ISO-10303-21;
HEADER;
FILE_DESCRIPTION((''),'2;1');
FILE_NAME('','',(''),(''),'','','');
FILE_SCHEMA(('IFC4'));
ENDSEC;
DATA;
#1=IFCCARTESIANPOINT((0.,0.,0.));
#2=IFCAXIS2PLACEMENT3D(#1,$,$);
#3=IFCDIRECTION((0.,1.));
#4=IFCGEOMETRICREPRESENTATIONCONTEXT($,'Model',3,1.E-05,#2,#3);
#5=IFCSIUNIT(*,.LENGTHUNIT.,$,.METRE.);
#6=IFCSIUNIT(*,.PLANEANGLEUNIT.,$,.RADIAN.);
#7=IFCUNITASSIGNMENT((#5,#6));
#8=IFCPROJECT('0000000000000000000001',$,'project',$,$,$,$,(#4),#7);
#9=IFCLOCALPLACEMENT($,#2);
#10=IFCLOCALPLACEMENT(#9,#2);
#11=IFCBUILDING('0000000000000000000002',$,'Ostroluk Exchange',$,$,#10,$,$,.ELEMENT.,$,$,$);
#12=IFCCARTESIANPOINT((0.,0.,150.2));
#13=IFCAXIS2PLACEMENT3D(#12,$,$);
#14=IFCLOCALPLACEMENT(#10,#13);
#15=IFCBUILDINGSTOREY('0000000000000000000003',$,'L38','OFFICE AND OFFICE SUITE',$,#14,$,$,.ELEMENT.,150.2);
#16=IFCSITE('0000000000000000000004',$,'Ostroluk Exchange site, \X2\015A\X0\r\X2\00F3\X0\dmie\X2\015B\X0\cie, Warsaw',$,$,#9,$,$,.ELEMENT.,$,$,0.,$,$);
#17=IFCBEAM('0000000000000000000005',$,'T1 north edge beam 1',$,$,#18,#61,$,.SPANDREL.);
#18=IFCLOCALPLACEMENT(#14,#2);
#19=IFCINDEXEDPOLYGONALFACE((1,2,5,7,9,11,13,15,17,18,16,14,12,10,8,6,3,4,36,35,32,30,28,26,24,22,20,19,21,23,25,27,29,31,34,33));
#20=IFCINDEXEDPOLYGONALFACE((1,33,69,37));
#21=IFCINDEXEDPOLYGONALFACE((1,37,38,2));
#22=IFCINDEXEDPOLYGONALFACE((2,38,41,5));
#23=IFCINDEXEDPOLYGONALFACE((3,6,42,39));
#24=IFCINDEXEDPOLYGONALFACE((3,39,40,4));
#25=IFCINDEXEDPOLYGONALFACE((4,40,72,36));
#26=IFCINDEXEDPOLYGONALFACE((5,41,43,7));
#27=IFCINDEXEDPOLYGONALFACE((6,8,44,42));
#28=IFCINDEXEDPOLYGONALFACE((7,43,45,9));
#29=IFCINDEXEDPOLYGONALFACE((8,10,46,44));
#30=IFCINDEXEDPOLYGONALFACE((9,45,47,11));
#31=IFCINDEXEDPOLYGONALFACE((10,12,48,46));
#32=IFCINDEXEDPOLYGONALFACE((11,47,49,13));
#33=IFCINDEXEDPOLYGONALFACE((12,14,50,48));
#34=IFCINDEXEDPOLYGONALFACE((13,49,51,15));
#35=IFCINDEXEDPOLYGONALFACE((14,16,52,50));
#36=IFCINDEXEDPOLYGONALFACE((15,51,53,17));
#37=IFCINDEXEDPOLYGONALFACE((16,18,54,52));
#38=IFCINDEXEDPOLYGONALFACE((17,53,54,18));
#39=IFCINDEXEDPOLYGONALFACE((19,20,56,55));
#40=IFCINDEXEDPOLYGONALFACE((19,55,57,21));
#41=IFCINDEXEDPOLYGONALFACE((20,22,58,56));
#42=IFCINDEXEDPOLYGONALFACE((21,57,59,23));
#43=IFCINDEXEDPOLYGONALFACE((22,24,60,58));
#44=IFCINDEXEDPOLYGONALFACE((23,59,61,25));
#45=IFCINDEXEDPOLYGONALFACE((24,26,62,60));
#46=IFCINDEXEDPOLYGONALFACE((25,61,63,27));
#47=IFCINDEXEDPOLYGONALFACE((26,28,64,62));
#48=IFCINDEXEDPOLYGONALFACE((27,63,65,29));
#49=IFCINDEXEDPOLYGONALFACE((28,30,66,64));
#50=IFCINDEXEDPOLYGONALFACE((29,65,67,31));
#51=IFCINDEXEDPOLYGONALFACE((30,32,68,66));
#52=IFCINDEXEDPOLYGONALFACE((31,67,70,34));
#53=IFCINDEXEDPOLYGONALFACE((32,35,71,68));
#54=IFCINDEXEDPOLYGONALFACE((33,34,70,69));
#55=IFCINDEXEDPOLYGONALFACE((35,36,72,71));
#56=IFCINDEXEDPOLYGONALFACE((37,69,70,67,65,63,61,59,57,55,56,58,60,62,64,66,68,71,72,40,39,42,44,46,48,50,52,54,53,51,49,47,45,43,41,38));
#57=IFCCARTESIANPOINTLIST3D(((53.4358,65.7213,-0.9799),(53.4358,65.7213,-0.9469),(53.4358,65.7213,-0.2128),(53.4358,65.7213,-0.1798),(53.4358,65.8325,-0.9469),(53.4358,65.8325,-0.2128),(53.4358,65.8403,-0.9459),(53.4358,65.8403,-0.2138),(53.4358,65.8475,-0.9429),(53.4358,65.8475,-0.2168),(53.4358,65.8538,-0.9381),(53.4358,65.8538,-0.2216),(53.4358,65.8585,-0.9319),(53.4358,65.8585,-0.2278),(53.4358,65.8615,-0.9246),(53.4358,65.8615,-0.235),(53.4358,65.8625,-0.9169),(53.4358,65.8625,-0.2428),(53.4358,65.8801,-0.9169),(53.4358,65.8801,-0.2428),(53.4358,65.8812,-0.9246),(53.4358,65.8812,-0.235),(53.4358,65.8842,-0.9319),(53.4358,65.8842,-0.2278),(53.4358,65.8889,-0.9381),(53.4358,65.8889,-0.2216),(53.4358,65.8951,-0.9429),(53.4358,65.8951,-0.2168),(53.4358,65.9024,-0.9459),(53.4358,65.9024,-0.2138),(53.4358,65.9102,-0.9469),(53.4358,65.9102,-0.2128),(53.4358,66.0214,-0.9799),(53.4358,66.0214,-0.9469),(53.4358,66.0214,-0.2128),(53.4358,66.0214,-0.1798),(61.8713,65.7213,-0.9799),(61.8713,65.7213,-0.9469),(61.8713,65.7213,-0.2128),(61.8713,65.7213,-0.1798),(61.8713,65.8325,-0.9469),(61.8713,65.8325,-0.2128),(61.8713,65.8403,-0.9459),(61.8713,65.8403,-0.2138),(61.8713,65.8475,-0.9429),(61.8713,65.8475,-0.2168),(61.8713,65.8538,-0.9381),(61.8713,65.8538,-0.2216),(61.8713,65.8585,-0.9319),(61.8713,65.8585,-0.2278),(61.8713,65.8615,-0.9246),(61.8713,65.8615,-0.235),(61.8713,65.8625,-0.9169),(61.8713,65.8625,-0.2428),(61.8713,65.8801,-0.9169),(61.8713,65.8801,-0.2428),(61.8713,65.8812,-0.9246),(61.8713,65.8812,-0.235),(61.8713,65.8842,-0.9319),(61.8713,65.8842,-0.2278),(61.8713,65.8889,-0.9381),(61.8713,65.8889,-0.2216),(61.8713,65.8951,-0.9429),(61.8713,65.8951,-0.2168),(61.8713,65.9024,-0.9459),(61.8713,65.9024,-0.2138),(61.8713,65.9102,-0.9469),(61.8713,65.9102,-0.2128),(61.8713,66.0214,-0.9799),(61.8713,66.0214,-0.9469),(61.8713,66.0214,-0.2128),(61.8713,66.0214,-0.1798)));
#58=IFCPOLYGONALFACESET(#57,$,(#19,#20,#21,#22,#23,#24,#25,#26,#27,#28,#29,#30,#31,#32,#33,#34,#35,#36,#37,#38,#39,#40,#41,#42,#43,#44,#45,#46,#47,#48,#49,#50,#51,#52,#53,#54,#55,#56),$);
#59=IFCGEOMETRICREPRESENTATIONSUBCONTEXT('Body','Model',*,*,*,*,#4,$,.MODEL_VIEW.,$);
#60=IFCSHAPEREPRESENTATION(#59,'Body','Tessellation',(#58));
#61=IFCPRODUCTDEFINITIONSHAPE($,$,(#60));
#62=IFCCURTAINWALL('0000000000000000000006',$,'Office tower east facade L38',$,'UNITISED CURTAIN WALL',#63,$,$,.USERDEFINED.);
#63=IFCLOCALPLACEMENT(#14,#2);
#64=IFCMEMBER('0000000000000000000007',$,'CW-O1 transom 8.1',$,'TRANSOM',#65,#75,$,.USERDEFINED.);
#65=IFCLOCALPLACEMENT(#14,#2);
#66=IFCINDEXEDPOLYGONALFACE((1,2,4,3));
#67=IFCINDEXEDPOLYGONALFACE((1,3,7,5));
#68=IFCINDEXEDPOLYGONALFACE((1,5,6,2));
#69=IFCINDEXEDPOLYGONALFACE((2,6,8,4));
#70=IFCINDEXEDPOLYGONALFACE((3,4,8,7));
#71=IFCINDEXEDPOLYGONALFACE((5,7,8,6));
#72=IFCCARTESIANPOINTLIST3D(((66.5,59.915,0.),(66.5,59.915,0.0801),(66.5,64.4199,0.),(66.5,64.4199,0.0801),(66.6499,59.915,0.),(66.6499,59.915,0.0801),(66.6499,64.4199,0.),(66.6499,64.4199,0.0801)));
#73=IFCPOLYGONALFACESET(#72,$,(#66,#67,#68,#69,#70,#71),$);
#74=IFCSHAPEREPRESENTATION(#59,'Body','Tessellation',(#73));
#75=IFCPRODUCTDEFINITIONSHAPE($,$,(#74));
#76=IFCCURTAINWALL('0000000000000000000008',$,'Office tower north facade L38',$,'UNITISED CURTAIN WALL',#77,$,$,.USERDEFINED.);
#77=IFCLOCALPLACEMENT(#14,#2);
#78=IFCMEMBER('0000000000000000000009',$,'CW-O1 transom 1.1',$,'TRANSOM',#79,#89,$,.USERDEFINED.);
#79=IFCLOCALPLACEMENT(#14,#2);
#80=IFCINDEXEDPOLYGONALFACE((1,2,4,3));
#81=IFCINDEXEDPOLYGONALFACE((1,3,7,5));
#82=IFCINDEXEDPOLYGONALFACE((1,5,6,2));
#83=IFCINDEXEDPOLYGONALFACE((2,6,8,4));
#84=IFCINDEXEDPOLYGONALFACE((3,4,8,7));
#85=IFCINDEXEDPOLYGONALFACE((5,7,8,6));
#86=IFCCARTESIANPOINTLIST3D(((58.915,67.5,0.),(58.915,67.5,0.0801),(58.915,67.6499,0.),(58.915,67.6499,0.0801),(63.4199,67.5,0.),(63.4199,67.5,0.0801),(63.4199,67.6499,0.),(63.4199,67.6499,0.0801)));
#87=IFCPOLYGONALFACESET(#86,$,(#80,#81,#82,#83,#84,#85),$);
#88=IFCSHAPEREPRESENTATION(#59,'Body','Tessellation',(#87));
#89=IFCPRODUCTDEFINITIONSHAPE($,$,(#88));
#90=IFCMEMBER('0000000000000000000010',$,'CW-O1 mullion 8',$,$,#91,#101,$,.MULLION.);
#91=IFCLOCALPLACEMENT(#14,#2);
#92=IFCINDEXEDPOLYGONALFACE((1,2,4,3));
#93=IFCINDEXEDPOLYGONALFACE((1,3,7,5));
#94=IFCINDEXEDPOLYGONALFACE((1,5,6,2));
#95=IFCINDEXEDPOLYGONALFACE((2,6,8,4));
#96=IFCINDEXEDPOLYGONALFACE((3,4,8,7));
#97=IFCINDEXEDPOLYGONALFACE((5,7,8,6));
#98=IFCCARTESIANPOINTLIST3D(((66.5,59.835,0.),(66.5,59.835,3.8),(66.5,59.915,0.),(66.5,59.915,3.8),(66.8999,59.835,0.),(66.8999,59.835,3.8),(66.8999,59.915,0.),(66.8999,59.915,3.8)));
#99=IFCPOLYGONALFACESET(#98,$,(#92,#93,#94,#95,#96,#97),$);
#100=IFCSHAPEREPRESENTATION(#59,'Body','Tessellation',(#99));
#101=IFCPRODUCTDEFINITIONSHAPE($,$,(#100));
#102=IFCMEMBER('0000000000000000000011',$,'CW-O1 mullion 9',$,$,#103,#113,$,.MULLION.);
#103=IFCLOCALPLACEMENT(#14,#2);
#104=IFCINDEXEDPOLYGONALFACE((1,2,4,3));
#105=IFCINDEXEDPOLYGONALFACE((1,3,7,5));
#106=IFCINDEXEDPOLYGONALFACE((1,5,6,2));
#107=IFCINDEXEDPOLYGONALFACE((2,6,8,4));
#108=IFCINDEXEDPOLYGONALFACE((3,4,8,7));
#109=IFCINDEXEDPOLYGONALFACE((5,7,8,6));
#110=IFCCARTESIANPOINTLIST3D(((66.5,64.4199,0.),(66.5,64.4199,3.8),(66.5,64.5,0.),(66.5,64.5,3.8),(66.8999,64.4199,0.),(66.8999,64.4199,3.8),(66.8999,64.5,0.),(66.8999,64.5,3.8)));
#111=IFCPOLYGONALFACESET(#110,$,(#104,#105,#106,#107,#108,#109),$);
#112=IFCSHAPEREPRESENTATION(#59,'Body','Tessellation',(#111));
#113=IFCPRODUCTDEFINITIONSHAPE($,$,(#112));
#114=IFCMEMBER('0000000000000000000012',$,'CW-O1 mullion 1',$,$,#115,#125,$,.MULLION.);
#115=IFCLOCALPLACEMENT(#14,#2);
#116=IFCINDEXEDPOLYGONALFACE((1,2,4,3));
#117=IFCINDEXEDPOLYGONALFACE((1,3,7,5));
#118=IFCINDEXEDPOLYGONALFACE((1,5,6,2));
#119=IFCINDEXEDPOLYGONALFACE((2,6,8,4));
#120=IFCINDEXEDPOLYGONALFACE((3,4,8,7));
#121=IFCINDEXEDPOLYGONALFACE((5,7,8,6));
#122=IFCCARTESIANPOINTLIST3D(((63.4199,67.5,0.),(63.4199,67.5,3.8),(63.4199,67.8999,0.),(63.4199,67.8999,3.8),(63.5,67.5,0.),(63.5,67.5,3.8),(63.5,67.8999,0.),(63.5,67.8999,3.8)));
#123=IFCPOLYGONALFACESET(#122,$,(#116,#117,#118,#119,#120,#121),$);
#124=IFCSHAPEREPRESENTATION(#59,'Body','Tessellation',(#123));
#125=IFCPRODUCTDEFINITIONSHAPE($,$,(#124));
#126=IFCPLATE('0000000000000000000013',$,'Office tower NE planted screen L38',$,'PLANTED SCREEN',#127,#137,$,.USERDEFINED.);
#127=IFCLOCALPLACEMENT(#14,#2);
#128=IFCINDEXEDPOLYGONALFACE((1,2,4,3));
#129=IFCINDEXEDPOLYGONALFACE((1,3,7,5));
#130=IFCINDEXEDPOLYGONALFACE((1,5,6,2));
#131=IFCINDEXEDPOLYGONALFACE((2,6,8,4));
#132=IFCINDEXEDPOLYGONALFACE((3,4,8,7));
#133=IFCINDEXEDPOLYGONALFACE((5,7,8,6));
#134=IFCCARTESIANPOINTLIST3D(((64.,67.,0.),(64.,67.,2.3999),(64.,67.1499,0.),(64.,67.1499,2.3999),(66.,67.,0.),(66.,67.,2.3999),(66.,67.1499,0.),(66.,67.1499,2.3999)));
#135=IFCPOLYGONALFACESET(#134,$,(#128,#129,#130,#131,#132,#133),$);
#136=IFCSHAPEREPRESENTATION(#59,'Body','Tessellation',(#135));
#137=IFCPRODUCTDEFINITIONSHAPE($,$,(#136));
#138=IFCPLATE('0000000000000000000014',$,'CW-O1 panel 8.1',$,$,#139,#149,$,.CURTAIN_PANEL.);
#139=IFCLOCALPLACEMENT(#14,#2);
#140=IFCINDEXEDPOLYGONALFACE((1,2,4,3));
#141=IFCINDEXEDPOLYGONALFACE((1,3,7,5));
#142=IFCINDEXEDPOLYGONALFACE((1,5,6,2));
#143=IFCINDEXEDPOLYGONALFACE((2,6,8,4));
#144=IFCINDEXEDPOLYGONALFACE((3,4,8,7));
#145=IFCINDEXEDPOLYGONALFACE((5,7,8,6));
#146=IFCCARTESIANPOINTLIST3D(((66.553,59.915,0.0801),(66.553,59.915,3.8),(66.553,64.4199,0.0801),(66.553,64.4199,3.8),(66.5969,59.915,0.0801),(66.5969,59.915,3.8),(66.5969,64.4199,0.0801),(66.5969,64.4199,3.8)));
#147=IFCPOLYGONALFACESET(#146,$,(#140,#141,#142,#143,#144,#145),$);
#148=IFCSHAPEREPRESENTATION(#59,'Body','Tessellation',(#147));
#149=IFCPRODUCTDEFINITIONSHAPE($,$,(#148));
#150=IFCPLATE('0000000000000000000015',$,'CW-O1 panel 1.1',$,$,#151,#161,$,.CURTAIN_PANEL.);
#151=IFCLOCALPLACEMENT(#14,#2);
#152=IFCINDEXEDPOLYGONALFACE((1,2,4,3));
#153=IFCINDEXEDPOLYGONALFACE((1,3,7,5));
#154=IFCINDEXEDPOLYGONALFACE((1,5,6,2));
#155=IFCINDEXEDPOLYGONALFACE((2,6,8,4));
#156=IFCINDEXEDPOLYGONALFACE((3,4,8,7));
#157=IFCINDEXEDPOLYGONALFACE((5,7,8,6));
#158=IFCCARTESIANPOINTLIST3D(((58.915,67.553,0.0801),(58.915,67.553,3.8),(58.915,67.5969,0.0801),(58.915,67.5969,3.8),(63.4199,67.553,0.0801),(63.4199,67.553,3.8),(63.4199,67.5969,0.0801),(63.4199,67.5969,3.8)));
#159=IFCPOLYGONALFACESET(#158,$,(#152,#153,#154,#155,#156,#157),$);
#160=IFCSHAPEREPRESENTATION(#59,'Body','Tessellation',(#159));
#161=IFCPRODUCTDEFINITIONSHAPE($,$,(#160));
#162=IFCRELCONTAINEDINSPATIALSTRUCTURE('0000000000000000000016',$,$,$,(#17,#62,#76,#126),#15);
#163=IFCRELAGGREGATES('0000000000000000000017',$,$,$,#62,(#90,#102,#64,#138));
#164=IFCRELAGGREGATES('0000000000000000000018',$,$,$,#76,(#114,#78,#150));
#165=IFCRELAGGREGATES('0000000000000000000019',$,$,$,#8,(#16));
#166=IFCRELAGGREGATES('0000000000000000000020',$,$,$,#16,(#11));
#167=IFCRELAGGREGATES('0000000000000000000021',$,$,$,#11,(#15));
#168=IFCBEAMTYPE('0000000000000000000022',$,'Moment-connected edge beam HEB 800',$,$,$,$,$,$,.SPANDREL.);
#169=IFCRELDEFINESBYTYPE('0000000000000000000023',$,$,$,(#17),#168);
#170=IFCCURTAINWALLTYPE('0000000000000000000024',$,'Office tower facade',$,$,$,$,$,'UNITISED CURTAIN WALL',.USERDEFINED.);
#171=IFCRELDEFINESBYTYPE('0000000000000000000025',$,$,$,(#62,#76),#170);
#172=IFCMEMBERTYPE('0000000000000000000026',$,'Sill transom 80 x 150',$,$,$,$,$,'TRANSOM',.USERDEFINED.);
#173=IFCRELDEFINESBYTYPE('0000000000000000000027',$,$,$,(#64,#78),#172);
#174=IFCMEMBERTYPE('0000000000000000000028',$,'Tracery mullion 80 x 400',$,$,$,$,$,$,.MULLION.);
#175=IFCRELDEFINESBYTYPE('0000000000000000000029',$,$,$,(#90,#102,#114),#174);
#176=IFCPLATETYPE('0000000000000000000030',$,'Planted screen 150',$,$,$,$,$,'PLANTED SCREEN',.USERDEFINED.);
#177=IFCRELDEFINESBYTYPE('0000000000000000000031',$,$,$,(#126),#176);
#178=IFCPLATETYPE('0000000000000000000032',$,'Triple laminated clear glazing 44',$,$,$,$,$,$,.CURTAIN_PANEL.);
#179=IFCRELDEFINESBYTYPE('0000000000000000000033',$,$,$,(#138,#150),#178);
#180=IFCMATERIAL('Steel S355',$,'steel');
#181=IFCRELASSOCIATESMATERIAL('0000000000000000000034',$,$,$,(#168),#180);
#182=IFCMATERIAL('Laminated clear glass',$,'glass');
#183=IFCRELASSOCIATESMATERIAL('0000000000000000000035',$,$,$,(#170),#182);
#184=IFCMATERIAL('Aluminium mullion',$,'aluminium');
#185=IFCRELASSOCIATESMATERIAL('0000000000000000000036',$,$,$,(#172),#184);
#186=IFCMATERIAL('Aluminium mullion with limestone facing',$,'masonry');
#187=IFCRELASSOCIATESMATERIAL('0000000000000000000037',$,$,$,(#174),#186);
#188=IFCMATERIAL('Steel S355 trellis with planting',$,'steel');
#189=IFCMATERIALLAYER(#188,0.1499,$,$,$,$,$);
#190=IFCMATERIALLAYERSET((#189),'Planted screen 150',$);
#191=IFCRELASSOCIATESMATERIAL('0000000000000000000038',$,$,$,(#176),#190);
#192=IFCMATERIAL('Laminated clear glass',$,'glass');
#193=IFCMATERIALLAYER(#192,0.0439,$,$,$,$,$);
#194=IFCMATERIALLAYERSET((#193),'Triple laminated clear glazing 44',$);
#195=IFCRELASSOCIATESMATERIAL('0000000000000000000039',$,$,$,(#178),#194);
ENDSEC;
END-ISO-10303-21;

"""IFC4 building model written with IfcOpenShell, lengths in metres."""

from ifc_helpers import new_model, si_unit, direction, frame, origin, origin_2d, place, context, subcontext, project, spatial, rectangle, i_section, extrude, material, layer, layer_set, material_profile, profile_set, type_object, element, aggregate, save


model = new_model("IFC4")

# Units and contexts
model_context = context("Model", 3, precision=1e-05, world=origin(), true_north=direction((0.0, 1.0)))
body_context = subcontext(model_context, "Body", "Model", "MODEL_VIEW")
ifc_project = project(units=[si_unit("LENGTHUNIT", "METRE"), si_unit("PLANEANGLEUNIT", "RADIAN")], contexts=[model_context])

# Site, building, storey
site_placement = place(None, origin())
site = spatial("IfcSite", under=ifc_project, at=site_placement, Name="Ostroluk Exchange site, Śródmieście, Warsaw", CompositionType="ELEMENT", RefElevation=0.0)
building_placement = place(site_placement, origin())
building = spatial("IfcBuilding", under=site, at=building_placement, Name="Ostroluk Exchange", CompositionType="ELEMENT")
storey_placement = place(building_placement, frame((0.0, 0.0, 150.2)))
storey = spatial("IfcBuildingStorey", under=building, at=storey_placement, Name="L38", Description="OFFICE AND OFFICE SUITE", CompositionType="ELEMENT", Elevation=150.2)

# Beam
ifc_material_1 = material(Name="Steel S355", Category="steel")
ifc_material_profile_1 = material_profile(ifc_material_1, i_section(OverallWidth=0.3, OverallDepth=0.8, WebThickness=0.0176, FlangeThickness=0.033, FilletRadius=0.03, at=origin_2d()), Name="HEB 800")
ifc_profile_set_1 = profile_set([ifc_material_profile_1], Name="Steel S355")
beam_type_1 = type_object("IfcBeamType", Name="Moment-connected edge beam HEB 800", PredefinedType="SPANDREL", material=ifc_profile_set_1)
beam_1_placement = place(storey_placement, frame((61.8713, 65.8713, -0.5798), z_axis=(-1.0, 0.0, 0.0), x_axis=(0.0, -1.0, 0.0)))
element("IfcBeam", 1, at=beam_1_placement, inside=storey, type_object=beam_type_1, Name="T1 north edge beam 1", PredefinedType="SPANDREL", context=body_context, shape_type="SweptSolid", body=[
    extrude(i_section(OverallWidth=0.3, OverallDepth=0.8, WebThickness=0.0176, FlangeThickness=0.033, FilletRadius=0.03, at=origin_2d()), origin(), (0.0, 0.0, 1.0), 8.4355),
])

# Curtain walls, members
ifc_material_2 = material(Name="Laminated clear glass", Category="glass")
curtain_wall_type = type_object("IfcCurtainWallType", Name="Office tower facade", ElementType="UNITISED CURTAIN WALL", PredefinedType="USERDEFINED", material=ifc_material_2)
curtain_wall_1_placement = place(storey_placement, origin())
curtain_wall_1 = element("IfcCurtainWall", 2, at=curtain_wall_1_placement, inside=storey, type_object=curtain_wall_type, Name="Office tower east facade L38", ObjectType="UNITISED CURTAIN WALL", PredefinedType="USERDEFINED")
ifc_material_3 = material(Name="Aluminium mullion", Category="aluminium")
ifc_material_profile_2 = material_profile(ifc_material_3, rectangle(XDim=0.1499, YDim=0.0801, at=origin_2d()), Name="Sill transom 80 x 150")
ifc_profile_set_2 = profile_set([ifc_material_profile_2], Name="Aluminium mullion")
member_type_1 = type_object("IfcMemberType", Name="Sill transom 80 x 150", ElementType="TRANSOM", PredefinedType="USERDEFINED", material=ifc_profile_set_2)
member_1_placement = place(storey_placement, frame((66.575, 59.915, 0.04), z_axis=(0.0, 1.0, 0.0), x_axis=(-1.0, 0.0, 0.0)))
member_1 = element("IfcMember", 3, at=member_1_placement, type_object=member_type_1, Name="CW-O1 transom 8.1", ObjectType="TRANSOM", PredefinedType="USERDEFINED", context=body_context, shape_type="SweptSolid", body=[
    extrude(rectangle(XDim=0.1499, YDim=0.0801, at=origin_2d()), origin(), (0.0, 0.0, 1.0), 4.5049),
])
curtain_wall_2_placement = place(storey_placement, origin())
curtain_wall_2 = element("IfcCurtainWall", 4, at=curtain_wall_2_placement, inside=storey, type_object=curtain_wall_type, Name="Office tower north facade L38", ObjectType="UNITISED CURTAIN WALL", PredefinedType="USERDEFINED")
member_2_placement = place(storey_placement, frame((63.4199, 67.575, 0.04), z_axis=(-1.0, 0.0, 0.0), x_axis=(0.0, -1.0, 0.0)))
member_2 = element("IfcMember", 5, at=member_2_placement, type_object=member_type_1, Name="CW-O1 transom 1.1", ObjectType="TRANSOM", PredefinedType="USERDEFINED", context=body_context, shape_type="SweptSolid", body=[
    extrude(rectangle(XDim=0.1499, YDim=0.0801, at=origin_2d()), origin(), (0.0, 0.0, 1.0), 4.5049),
])

# Members
ifc_material_4 = material(Name="Aluminium mullion with limestone facing", Category="masonry")
ifc_material_profile_3 = material_profile(ifc_material_4, rectangle(XDim=0.3999, YDim=0.0801, at=origin_2d()), Name="Tracery mullion 80 x 400")
ifc_profile_set_3 = profile_set([ifc_material_profile_3], Name="Aluminium mullion with limestone facing")
member_type_2 = type_object("IfcMemberType", Name="Tracery mullion 80 x 400", PredefinedType="MULLION", material=ifc_profile_set_3)
member_3_placement = place(storey_placement, frame((66.7, 59.875, 0.0), z_axis=(0.0, 0.0, 1.0), x_axis=(-1.0, 0.0, 0.0)))
member_3 = element("IfcMember", 6, at=member_3_placement, type_object=member_type_2, Name="CW-O1 mullion 8", PredefinedType="MULLION", context=body_context, shape_type="SweptSolid", body=[
    extrude(rectangle(XDim=0.3999, YDim=0.0801, at=origin_2d()), origin(), (0.0, 0.0, 1.0), 3.8),
])
member_4_placement = place(storey_placement, frame((66.7, 64.46, 0.0), z_axis=(0.0, 0.0, 1.0), x_axis=(-1.0, 0.0, 0.0)))
member_4 = element("IfcMember", 7, at=member_4_placement, type_object=member_type_2, Name="CW-O1 mullion 9", PredefinedType="MULLION", context=body_context, shape_type="SweptSolid", body=[
    extrude(rectangle(XDim=0.3999, YDim=0.0801, at=origin_2d()), origin(), (0.0, 0.0, 1.0), 3.8),
])
member_5_placement = place(storey_placement, frame((63.46, 67.7, 0.0), z_axis=(0.0, 0.0, 1.0), x_axis=(0.0, -1.0, 0.0)))
member_5 = element("IfcMember", 8, at=member_5_placement, type_object=member_type_2, Name="CW-O1 mullion 1", PredefinedType="MULLION", context=body_context, shape_type="SweptSolid", body=[
    extrude(rectangle(XDim=0.3999, YDim=0.0801, at=origin_2d()), origin(), (0.0, 0.0, 1.0), 3.8),
])

# Plates
ifc_material_5 = material(Name="Steel S355 trellis with planting", Category="steel")
ifc_layer_1 = layer(ifc_material_5, 0.1499)
ifc_layer_set_1 = layer_set([ifc_layer_1], Name="Planted screen 150")
plate_type_1 = type_object("IfcPlateType", Name="Planted screen 150", ElementType="PLANTED SCREEN", PredefinedType="USERDEFINED", material=ifc_layer_set_1)
plate_1_placement = place(storey_placement, frame((65.0, 67.075, 0.0), z_axis=(0.0, 0.0, 1.0), x_axis=(1.0, 0.0, 0.0)))
element("IfcPlate", 9, at=plate_1_placement, inside=storey, type_object=plate_type_1, Name="Office tower NE planted screen L38", ObjectType="PLANTED SCREEN", PredefinedType="USERDEFINED", context=body_context, shape_type="SweptSolid", body=[
    extrude(rectangle(XDim=2.0, YDim=0.1499, at=origin_2d()), origin(), (0.0, 0.0, 1.0), 2.3999),
])
ifc_material_6 = material(Name="Laminated clear glass", Category="glass")
ifc_layer_2 = layer(ifc_material_6, 0.0439)
ifc_layer_set_2 = layer_set([ifc_layer_2], Name="Triple laminated clear glazing 44")
plate_type_2 = type_object("IfcPlateType", Name="Triple laminated clear glazing 44", PredefinedType="CURTAIN_PANEL", material=ifc_layer_set_2)
plate_2_placement = place(storey_placement, frame((66.575, 62.1675, 0.0801), z_axis=(0.0, 0.0, 1.0), x_axis=(0.0, 1.0, 0.0)))
plate_2 = element("IfcPlate", 10, at=plate_2_placement, type_object=plate_type_2, Name="CW-O1 panel 8.1", PredefinedType="CURTAIN_PANEL", context=body_context, shape_type="SweptSolid", body=[
    extrude(rectangle(XDim=4.5049, YDim=0.0439, at=origin_2d()), origin(), (0.0, 0.0, 1.0), 3.72),
])
aggregate(curtain_wall_1, [member_3, member_4, member_1, plate_2])
plate_3_placement = place(storey_placement, frame((61.1675, 67.575, 0.0801), z_axis=(0.0, 0.0, 1.0), x_axis=(-1.0, 0.0, 0.0)))
plate_3 = element("IfcPlate", 11, at=plate_3_placement, type_object=plate_type_2, Name="CW-O1 panel 1.1", PredefinedType="CURTAIN_PANEL", context=body_context, shape_type="SweptSolid", body=[
    extrude(rectangle(XDim=4.5049, YDim=0.0439, at=origin_2d()), origin(), (0.0, 0.0, 1.0), 3.72),
])
aggregate(curtain_wall_2, [member_5, member_2, plate_3])

save(model, "model.ifc")
